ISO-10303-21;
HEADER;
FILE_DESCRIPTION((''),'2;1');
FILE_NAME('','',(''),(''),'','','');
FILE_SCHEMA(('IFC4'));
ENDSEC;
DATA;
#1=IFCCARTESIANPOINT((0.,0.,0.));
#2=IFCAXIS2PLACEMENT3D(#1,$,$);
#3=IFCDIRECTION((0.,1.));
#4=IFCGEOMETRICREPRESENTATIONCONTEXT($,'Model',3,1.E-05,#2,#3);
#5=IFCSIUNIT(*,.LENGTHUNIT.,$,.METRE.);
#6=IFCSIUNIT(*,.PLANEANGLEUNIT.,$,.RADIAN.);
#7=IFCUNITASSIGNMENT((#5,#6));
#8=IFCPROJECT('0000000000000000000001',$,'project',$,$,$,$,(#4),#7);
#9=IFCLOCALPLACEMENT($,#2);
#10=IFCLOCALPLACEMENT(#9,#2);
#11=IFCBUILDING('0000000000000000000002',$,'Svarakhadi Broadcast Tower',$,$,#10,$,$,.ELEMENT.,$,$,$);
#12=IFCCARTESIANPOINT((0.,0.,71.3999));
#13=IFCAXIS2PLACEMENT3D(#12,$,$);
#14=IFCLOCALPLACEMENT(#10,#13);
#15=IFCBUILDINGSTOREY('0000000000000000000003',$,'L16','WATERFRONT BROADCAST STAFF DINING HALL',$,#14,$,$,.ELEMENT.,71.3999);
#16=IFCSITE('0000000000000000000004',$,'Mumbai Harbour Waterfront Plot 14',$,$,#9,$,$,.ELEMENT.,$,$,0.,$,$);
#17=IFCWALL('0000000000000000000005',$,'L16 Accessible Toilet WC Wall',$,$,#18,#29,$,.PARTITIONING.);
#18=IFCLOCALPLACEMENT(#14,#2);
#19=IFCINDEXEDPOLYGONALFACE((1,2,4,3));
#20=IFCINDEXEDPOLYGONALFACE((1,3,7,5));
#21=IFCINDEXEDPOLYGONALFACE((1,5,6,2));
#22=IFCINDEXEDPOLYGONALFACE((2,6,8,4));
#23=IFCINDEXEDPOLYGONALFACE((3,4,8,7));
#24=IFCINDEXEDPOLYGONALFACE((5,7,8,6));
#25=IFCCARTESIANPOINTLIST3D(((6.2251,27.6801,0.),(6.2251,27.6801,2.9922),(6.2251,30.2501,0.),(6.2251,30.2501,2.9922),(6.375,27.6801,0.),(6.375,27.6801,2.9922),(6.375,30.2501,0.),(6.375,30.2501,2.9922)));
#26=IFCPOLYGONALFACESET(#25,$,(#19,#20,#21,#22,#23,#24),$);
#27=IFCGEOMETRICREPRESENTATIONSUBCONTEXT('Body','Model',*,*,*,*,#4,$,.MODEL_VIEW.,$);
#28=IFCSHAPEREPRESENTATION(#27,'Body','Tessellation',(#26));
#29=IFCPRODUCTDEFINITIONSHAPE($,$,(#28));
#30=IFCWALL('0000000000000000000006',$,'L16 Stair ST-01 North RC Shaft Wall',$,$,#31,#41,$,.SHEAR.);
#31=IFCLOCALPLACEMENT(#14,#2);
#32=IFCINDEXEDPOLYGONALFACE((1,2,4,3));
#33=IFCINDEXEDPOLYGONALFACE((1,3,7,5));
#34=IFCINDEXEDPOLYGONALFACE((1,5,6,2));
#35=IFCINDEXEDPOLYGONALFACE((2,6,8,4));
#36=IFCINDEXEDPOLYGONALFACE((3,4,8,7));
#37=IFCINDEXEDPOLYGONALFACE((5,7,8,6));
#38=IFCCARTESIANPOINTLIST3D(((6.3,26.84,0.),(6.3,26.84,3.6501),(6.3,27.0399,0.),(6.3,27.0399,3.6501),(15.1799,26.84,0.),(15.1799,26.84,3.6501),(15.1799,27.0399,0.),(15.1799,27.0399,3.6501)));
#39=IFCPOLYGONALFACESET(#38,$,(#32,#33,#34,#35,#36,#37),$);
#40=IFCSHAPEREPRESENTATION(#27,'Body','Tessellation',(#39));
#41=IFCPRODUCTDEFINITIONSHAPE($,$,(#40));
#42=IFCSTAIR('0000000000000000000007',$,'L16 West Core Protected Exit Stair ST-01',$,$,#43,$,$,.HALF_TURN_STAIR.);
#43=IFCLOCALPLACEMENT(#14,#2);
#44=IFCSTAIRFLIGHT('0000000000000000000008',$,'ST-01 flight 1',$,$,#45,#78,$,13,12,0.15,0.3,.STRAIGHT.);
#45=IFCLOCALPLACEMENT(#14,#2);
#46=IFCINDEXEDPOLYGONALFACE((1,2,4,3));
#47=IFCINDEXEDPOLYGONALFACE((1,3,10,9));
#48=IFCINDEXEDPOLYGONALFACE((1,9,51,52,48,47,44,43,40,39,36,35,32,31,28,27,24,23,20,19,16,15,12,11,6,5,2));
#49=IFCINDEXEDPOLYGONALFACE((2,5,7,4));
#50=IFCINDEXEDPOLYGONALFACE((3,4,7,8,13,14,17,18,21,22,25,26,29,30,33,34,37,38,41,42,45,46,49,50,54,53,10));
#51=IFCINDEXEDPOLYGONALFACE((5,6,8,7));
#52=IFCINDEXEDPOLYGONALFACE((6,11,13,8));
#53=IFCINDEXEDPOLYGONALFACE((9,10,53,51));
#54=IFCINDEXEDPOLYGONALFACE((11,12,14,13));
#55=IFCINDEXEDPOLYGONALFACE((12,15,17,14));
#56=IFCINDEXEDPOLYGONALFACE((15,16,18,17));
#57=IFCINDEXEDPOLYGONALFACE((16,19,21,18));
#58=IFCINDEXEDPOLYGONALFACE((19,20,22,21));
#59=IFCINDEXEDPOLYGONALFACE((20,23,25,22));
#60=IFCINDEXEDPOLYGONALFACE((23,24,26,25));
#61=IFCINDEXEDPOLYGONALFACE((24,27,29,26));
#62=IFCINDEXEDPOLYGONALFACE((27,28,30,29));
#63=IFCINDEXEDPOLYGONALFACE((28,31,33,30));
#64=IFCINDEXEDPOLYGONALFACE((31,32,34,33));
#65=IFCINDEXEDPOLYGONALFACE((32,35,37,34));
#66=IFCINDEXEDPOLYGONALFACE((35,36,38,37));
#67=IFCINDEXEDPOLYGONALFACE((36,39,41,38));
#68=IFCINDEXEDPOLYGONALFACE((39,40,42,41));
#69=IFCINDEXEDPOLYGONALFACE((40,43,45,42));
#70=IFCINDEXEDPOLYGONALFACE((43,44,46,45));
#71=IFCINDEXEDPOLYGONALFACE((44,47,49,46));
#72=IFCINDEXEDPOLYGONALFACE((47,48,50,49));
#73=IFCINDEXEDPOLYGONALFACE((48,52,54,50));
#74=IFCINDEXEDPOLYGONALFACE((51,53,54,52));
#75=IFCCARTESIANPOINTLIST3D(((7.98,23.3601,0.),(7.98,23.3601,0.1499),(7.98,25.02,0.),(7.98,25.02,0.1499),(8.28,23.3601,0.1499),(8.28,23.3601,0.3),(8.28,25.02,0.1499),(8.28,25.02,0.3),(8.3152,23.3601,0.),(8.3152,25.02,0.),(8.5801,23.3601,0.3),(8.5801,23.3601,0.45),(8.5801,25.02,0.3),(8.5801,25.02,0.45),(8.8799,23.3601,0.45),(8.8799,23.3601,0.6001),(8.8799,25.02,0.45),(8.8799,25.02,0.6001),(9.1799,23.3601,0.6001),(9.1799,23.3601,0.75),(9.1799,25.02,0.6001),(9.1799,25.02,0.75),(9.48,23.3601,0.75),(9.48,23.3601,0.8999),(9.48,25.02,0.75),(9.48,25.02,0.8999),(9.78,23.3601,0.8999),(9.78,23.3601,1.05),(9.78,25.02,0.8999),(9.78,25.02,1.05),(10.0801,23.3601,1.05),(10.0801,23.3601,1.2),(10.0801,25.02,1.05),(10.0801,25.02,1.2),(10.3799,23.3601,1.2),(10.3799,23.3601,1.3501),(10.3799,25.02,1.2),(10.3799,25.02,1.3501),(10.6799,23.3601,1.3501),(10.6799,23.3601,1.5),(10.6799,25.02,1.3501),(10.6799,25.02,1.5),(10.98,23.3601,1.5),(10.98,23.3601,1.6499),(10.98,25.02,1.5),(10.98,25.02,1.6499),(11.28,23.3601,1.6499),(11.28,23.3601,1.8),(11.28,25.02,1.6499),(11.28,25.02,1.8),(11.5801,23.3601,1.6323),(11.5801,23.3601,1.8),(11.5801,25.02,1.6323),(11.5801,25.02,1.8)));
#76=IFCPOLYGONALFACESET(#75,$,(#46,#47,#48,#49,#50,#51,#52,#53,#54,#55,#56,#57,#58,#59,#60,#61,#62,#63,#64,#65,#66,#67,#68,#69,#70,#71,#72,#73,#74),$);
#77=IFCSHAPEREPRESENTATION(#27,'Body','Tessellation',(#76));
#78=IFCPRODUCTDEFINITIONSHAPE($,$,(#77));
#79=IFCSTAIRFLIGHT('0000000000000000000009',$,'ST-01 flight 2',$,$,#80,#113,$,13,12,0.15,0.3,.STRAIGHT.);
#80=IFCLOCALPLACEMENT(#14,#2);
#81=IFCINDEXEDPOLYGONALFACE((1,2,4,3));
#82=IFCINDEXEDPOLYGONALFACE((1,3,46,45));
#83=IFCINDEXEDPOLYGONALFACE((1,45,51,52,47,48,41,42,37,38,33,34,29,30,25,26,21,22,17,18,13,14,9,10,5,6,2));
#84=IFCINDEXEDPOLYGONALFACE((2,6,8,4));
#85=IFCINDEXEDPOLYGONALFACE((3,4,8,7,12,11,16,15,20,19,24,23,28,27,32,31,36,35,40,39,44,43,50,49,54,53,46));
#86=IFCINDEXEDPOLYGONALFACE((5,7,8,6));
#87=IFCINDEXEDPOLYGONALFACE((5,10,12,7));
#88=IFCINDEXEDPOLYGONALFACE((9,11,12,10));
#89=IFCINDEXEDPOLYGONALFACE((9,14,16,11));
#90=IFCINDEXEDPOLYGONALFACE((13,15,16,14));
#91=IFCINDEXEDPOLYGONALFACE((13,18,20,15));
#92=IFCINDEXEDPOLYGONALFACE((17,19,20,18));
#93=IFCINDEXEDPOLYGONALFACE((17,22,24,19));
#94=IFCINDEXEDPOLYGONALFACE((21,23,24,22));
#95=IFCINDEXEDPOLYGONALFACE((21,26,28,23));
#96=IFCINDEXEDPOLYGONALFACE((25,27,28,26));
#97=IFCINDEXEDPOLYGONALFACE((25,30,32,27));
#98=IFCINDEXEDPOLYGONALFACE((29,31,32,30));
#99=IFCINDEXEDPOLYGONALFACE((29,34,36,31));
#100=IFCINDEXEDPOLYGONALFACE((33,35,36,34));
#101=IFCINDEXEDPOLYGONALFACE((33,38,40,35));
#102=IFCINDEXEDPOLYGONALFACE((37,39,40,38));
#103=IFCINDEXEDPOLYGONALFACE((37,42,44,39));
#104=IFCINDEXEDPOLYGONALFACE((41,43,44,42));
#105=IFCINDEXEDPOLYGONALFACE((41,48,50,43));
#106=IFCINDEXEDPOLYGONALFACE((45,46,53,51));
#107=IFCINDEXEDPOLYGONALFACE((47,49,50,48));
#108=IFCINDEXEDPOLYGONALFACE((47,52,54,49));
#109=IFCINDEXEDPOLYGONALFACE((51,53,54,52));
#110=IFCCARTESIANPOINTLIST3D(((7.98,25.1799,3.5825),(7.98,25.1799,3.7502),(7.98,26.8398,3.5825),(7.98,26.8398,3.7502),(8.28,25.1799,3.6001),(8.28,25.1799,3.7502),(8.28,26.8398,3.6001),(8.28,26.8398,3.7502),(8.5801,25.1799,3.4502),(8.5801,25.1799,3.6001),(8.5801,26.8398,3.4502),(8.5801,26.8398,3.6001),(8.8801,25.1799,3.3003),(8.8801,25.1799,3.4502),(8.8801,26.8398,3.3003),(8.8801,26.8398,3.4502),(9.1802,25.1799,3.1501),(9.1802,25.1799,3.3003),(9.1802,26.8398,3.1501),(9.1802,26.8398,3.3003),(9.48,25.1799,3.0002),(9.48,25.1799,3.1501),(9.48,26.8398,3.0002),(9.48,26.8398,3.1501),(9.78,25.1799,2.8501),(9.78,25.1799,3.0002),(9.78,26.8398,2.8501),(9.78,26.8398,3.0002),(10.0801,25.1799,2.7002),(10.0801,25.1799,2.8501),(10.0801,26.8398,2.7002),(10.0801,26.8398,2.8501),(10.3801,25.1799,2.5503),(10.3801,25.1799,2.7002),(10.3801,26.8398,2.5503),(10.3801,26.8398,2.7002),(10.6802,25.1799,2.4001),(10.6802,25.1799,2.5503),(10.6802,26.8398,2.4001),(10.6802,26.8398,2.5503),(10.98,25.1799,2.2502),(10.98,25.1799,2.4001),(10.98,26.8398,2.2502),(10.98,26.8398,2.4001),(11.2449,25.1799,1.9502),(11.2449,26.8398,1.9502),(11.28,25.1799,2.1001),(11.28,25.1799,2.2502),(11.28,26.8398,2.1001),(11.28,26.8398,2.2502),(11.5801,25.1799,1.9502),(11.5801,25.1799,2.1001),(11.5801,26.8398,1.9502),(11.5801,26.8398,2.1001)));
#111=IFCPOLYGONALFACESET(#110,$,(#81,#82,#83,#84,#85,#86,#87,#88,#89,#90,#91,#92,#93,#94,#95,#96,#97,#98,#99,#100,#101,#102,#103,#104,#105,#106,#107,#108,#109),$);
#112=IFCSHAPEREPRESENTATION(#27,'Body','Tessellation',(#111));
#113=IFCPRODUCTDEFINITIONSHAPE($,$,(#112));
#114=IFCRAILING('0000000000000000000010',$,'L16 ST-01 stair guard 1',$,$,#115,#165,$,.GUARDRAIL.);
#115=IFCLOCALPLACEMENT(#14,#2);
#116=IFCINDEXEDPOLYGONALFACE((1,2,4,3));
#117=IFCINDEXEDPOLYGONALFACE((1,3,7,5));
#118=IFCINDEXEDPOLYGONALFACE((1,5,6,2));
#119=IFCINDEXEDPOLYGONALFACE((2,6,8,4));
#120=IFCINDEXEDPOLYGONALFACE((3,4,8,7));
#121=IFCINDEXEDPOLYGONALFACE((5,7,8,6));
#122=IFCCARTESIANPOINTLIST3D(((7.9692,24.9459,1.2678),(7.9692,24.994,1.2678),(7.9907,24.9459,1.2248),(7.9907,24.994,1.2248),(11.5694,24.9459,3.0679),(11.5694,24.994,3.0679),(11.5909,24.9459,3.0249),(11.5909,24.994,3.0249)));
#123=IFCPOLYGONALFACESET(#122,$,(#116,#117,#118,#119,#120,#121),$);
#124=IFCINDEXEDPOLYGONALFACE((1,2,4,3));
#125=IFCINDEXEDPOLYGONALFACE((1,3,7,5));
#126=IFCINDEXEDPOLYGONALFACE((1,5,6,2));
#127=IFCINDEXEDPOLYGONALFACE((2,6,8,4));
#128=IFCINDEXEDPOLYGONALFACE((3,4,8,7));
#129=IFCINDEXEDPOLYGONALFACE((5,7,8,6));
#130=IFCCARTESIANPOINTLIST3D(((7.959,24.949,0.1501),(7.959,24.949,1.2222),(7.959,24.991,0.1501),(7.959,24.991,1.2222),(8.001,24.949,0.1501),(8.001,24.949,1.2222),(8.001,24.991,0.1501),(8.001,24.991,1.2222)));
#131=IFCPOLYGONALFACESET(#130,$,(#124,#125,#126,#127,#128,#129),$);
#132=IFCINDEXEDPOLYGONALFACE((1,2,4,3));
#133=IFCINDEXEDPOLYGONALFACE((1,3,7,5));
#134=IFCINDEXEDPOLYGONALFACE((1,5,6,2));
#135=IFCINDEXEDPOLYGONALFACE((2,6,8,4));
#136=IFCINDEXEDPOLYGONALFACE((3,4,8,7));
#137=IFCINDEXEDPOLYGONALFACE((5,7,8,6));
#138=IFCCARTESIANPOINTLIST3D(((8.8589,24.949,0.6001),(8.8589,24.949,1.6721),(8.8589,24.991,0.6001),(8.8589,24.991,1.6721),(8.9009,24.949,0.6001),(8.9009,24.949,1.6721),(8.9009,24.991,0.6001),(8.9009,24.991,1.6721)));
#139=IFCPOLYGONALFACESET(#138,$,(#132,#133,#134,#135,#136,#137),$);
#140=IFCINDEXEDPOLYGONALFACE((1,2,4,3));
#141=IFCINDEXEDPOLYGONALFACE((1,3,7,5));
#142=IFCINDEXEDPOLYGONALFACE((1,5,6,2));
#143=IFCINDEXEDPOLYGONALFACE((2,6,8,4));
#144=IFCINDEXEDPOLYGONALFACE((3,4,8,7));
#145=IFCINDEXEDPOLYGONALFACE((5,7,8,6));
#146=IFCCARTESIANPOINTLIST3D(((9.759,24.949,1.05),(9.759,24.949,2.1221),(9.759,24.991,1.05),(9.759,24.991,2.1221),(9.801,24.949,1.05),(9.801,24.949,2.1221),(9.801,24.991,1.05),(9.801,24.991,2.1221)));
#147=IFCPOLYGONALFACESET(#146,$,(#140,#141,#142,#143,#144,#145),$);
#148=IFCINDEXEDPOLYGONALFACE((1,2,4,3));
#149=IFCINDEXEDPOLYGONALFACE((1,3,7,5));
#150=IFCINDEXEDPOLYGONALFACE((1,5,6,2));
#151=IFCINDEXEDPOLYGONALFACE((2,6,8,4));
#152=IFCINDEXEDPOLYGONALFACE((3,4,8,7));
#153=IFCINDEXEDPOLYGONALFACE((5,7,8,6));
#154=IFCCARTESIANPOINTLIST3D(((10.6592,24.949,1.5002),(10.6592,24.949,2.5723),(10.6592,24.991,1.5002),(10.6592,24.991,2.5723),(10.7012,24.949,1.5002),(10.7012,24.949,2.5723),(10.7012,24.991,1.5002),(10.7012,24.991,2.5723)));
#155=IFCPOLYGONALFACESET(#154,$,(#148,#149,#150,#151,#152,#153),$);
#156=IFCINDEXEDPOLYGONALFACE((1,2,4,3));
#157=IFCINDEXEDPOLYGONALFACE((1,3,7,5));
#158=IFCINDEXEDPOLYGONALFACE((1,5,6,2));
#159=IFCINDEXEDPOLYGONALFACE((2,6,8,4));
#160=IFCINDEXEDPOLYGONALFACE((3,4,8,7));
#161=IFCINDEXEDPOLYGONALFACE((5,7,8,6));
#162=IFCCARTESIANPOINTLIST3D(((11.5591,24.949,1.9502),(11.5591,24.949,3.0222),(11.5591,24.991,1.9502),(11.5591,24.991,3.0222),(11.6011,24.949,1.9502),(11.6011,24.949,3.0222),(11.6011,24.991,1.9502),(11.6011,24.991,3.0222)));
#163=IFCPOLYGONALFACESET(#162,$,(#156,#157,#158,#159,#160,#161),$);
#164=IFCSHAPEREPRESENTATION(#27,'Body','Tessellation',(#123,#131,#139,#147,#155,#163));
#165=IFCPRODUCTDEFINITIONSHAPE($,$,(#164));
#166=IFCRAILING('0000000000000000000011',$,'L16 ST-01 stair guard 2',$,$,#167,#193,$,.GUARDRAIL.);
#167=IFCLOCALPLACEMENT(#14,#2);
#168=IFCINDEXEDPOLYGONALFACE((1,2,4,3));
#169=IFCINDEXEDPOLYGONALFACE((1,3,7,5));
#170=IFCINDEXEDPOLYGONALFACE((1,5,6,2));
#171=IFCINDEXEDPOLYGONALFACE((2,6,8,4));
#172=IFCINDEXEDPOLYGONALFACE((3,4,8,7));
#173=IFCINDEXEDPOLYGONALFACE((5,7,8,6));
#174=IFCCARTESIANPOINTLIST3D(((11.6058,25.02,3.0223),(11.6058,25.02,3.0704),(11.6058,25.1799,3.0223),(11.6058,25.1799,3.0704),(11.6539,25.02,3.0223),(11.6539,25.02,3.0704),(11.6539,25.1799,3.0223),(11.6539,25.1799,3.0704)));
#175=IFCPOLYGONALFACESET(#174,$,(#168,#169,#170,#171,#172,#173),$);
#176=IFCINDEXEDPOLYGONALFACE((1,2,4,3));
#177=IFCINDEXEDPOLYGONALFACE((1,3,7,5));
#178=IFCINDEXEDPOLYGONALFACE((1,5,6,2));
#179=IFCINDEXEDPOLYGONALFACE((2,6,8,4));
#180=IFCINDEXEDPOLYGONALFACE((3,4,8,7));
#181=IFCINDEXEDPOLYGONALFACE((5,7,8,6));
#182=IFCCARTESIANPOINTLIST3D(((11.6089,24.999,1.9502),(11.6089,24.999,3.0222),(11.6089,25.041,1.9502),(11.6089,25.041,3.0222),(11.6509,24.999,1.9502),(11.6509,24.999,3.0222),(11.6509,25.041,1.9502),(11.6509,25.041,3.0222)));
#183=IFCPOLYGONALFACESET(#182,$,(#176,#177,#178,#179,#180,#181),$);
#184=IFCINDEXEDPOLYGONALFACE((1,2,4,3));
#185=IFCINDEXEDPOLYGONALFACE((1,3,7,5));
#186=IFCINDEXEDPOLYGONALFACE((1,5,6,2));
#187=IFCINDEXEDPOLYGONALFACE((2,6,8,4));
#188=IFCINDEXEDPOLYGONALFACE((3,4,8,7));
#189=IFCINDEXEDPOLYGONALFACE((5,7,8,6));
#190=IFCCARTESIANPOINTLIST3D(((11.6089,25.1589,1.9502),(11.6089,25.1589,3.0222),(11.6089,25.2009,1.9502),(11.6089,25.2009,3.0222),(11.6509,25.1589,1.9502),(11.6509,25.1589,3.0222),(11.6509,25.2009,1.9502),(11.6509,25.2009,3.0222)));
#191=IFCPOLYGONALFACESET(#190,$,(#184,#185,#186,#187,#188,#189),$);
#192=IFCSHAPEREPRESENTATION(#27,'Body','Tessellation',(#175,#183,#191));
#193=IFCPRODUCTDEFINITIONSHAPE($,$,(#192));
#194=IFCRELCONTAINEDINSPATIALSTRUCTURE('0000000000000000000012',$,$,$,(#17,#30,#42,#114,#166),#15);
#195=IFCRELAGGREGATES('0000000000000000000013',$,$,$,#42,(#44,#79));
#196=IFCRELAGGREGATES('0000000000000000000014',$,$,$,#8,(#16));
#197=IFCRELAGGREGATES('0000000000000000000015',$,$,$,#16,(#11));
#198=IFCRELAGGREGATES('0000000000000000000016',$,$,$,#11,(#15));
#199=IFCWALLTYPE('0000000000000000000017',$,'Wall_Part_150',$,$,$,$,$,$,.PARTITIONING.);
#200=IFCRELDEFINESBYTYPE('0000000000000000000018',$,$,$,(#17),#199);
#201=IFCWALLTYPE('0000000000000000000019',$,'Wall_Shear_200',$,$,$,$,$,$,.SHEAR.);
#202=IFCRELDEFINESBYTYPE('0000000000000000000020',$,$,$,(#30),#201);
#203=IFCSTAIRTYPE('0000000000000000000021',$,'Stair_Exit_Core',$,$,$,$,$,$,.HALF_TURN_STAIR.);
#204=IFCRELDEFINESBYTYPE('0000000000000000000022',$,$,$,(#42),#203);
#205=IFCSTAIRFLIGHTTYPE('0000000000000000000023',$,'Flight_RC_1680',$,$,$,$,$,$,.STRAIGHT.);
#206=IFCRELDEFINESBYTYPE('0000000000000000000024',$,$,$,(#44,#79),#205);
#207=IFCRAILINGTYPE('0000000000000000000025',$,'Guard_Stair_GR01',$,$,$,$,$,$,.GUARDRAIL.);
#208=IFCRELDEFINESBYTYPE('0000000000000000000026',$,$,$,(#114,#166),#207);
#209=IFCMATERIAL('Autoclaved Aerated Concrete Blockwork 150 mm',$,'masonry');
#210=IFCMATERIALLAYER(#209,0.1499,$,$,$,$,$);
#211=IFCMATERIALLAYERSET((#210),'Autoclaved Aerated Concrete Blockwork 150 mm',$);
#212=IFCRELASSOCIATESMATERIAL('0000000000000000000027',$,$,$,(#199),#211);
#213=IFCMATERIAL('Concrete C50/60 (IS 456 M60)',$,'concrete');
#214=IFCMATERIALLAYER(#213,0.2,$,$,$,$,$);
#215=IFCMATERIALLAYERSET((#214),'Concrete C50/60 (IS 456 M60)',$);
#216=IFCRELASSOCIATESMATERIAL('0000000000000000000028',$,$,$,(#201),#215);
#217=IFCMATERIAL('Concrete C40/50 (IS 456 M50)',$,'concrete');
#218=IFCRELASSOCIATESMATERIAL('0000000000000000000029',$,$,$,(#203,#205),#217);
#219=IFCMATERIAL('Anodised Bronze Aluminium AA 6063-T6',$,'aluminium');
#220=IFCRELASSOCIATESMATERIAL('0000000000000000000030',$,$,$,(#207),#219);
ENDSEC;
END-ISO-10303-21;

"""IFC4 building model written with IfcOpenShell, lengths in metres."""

from ifc_helpers import new_model, si_unit, direction, frame, frame_2d, origin, origin_2d, place, context, subcontext, project, spatial, polyline, rectangle, outline, extrude, material, layer, layer_set, type_object, element, aggregate, save


model = new_model("IFC4")

# Units and contexts
model_context = context("Model", 3, precision=1e-05, world=origin(), true_north=direction((0.0, 1.0)))
body_context = subcontext(model_context, "Body", "Model", "MODEL_VIEW")
ifc_project = project(units=[si_unit("LENGTHUNIT", "METRE"), si_unit("PLANEANGLEUNIT", "RADIAN")], contexts=[model_context])

# Site, building, storey
site_placement = place(None, origin())
site = spatial("IfcSite", under=ifc_project, at=site_placement, Name="Mumbai Harbour Waterfront Plot 14", CompositionType="ELEMENT", RefElevation=0.0)
building_placement = place(site_placement, origin())
building = spatial("IfcBuilding", under=site, at=building_placement, Name="Svarakhadi Broadcast Tower", CompositionType="ELEMENT")
storey_placement = place(building_placement, frame((0.0, 0.0, 71.3999)))
storey = spatial("IfcBuildingStorey", under=building, at=storey_placement, Name="L16", Description="WATERFRONT BROADCAST STAFF DINING HALL", CompositionType="ELEMENT", Elevation=71.3999)

# Walls
ifc_material_1 = material(Name="Concrete C40/50 (IS 456 M50)", Category="concrete")
ifc_material_2 = material(Name="Autoclaved Aerated Concrete Blockwork 150 mm", Category="masonry")
ifc_layer_1 = layer(ifc_material_2, 0.1499)
ifc_layer_set_1 = layer_set([ifc_layer_1], Name="Autoclaved Aerated Concrete Blockwork 150 mm")
wall_type_1 = type_object("IfcWallType", Name="Wall_Part_150", PredefinedType="PARTITIONING", material=ifc_layer_set_1)
wall_1_placement = place(storey_placement, frame((6.3, 27.6799, 0.0), z_axis=(0.0, 0.0, 1.0), x_axis=(0.0, 1.0, 0.0)))
element("IfcWall", 1, at=wall_1_placement, inside=storey, type_object=wall_type_1, Name="L16 Accessible Toilet WC Wall", PredefinedType="PARTITIONING", context=body_context, shape_type="SweptSolid", body=[
    extrude(rectangle(XDim=2.5701, YDim=0.1499, at=frame_2d((1.2852, 0.0))), origin(), (0.0, 0.0, 1.0), 2.9922),
])
ifc_material_3 = material(Name="Concrete C50/60 (IS 456 M60)", Category="concrete")
ifc_layer_2 = layer(ifc_material_3, 0.2)
ifc_layer_set_2 = layer_set([ifc_layer_2], Name="Concrete C50/60 (IS 456 M60)")
wall_type_2 = type_object("IfcWallType", Name="Wall_Shear_200", PredefinedType="SHEAR", material=ifc_layer_set_2)
wall_2_placement = place(storey_placement, frame((6.3, 26.9399, 0.0), z_axis=(0.0, 0.0, 1.0), x_axis=(1.0, 0.0, 0.0)))
element("IfcWall", 2, at=wall_2_placement, inside=storey, type_object=wall_type_2, Name="L16 Stair ST-01 North RC Shaft Wall", PredefinedType="SHEAR", context=body_context, shape_type="SweptSolid", body=[
    extrude(rectangle(XDim=8.8799, YDim=0.2, at=frame_2d((4.4399, 0.0))), origin(), (0.0, 0.0, 1.0), 3.6501),
])

# Stair, stair flights
stair_type = type_object("IfcStairType", Name="Stair_Exit_Core", PredefinedType="HALF_TURN_STAIR", material=ifc_material_1)
stair_placement = place(storey_placement, origin())
stair = element("IfcStair", 3, at=stair_placement, inside=storey, type_object=stair_type, Name="L16 West Core Protected Exit Stair ST-01", PredefinedType="HALF_TURN_STAIR")
stair_flight_type = type_object("IfcStairFlightType", Name="Flight_RC_1680", PredefinedType="STRAIGHT", material=ifc_material_1)
stair_flight_1_placement = place(storey_placement, frame((7.98, 24.1899, 0.0), z_axis=(0.0, 0.0, 1.0), x_axis=(1.0, 0.0, 0.0)))
stair_flight_1 = element("IfcStairFlight", 4, at=stair_flight_1_placement, type_object=stair_flight_type, Name="ST-01 flight 1", NumberOfRisers=13, NumberOfTreads=12, PredefinedType="STRAIGHT", RiserHeight=0.15, TreadLength=0.3, context=body_context, shape_type="SweptSolid", body=[
    extrude(outline(polyline([(0.0, 0.0), (0.0, 0.1499), (0.3, 0.1499), (0.3, 0.3), (0.6001, 0.3), (0.6001, 0.45), (0.8999, 0.45), (0.8999, 0.6001), (1.2, 0.6001), (1.2, 0.75), (1.5, 0.75), (1.5, 0.8999), (1.8, 0.8999), (1.8, 1.05), (2.1001, 1.05), (2.1001, 1.2), (2.3999, 1.2), (2.3999, 1.3501), (2.7, 1.3501), (2.7, 1.5), (3.0, 1.5), (3.0, 1.6499), (3.3, 1.6499), (3.3, 1.8), (3.6001, 1.8), (3.6001, 1.95), (3.6001, 1.6323), (0.3352, 0.0), (0.0, 0.0)])), frame((0.0, 0.8301, 0.0), z_axis=(0.0, -1.0, 0.0), x_axis=(1.0, 0.0, 0.0)), (0.0, 0.0, 1.0), 1.6599),
])
stair_flight_2_placement = place(storey_placement, frame((11.5801, 26.01, 1.9502), z_axis=(0.0, 0.0, 1.0), x_axis=(-1.0, 0.0, 0.0)))
stair_flight_2 = element("IfcStairFlight", 5, at=stair_flight_2_placement, type_object=stair_flight_type, Name="ST-01 flight 2", NumberOfRisers=13, NumberOfTreads=12, PredefinedType="STRAIGHT", RiserHeight=0.15, TreadLength=0.3, context=body_context, shape_type="SweptSolid", body=[
    extrude(outline(polyline([(0.0, 0.0), (0.0, 0.1499), (0.3, 0.1499), (0.3, 0.3), (0.6001, 0.3), (0.6001, 0.45), (0.8999, 0.45), (0.8999, 0.6001), (1.2, 0.6001), (1.2, 0.75), (1.5, 0.75), (1.5, 0.8999), (1.8, 0.8999), (1.8, 1.05), (2.1001, 1.05), (2.1001, 1.2), (2.3999, 1.2), (2.3999, 1.3501), (2.7, 1.3501), (2.7, 1.5), (3.0, 1.5), (3.0, 1.6499), (3.3, 1.6499), (3.3, 1.8), (3.6001, 1.8), (3.6001, 1.95), (3.6001, 1.6323), (0.3352, 0.0), (0.0, 0.0)])), frame((0.0, 0.8301, 0.0), z_axis=(0.0, -1.0, 0.0), x_axis=(1.0, 0.0, 0.0)), (0.0, 0.0, 1.0), 1.6599),
])
aggregate(stair, [stair_flight_1, stair_flight_2])

# Railings
ifc_material_4 = material(Name="Anodised Bronze Aluminium AA 6063-T6", Category="aluminium")
railing_type_1 = type_object("IfcRailingType", Name="Guard_Stair_GR01", PredefinedType="GUARDRAIL", material=ifc_material_4)
railing_1_placement = place(storey_placement, frame((7.98, 24.97, 0.1501)))
element("IfcRailing", 6, at=railing_1_placement, inside=storey, type_object=railing_type_1, Name="L16 ST-01 stair guard 1", PredefinedType="GUARDRAIL", context=body_context, shape_type="SweptSolid", body=[
    extrude(rectangle(XDim=0.0481, YDim=0.0481, at=origin_2d()), frame((0.0, 0.0, 1.0962), z_axis=(0.894427, 0.0, 0.447214), x_axis=(0.0, 1.0, 0.0)), (0.0, 0.0, 1.0), 4.0251),
    extrude(rectangle(XDim=0.042, YDim=0.042, at=origin_2d()), origin(), (0.0, 0.0, 1.0), 1.072),
    extrude(rectangle(XDim=0.042, YDim=0.042, at=origin_2d()), frame((0.8999, 0.0, 0.45)), (0.0, 0.0, 1.0), 1.072),
    extrude(rectangle(XDim=0.042, YDim=0.042, at=origin_2d()), frame((1.8, 0.0, 0.8999)), (0.0, 0.0, 1.0), 1.072),
    extrude(rectangle(XDim=0.042, YDim=0.042, at=origin_2d()), frame((2.7002, 0.0, 1.3501)), (0.0, 0.0, 1.0), 1.072),
    extrude(rectangle(XDim=0.042, YDim=0.042, at=origin_2d()), frame((3.6001, 0.0, 1.8)), (0.0, 0.0, 1.0), 1.072),
])
railing_2_placement = place(storey_placement, frame((11.6299, 25.02, 1.9502)))
element("IfcRailing", 7, at=railing_2_placement, inside=storey, type_object=railing_type_1, Name="L16 ST-01 stair guard 2", PredefinedType="GUARDRAIL", context=body_context, shape_type="SweptSolid", body=[
    extrude(rectangle(XDim=0.0481, YDim=0.0481, at=origin_2d()), frame((0.0, 0.0, 1.0962), z_axis=(0.0, 1.0, 0.0), x_axis=(-1.0, 0.0, 0.0)), (0.0, 0.0, 1.0), 0.1599),
    extrude(rectangle(XDim=0.042, YDim=0.042, at=origin_2d()), origin(), (0.0, 0.0, 1.0), 1.072),
    extrude(rectangle(XDim=0.042, YDim=0.042, at=origin_2d()), frame((0.0, 0.1599, 0.0)), (0.0, 0.0, 1.0), 1.072),
])

save(model, "model.ifc")
